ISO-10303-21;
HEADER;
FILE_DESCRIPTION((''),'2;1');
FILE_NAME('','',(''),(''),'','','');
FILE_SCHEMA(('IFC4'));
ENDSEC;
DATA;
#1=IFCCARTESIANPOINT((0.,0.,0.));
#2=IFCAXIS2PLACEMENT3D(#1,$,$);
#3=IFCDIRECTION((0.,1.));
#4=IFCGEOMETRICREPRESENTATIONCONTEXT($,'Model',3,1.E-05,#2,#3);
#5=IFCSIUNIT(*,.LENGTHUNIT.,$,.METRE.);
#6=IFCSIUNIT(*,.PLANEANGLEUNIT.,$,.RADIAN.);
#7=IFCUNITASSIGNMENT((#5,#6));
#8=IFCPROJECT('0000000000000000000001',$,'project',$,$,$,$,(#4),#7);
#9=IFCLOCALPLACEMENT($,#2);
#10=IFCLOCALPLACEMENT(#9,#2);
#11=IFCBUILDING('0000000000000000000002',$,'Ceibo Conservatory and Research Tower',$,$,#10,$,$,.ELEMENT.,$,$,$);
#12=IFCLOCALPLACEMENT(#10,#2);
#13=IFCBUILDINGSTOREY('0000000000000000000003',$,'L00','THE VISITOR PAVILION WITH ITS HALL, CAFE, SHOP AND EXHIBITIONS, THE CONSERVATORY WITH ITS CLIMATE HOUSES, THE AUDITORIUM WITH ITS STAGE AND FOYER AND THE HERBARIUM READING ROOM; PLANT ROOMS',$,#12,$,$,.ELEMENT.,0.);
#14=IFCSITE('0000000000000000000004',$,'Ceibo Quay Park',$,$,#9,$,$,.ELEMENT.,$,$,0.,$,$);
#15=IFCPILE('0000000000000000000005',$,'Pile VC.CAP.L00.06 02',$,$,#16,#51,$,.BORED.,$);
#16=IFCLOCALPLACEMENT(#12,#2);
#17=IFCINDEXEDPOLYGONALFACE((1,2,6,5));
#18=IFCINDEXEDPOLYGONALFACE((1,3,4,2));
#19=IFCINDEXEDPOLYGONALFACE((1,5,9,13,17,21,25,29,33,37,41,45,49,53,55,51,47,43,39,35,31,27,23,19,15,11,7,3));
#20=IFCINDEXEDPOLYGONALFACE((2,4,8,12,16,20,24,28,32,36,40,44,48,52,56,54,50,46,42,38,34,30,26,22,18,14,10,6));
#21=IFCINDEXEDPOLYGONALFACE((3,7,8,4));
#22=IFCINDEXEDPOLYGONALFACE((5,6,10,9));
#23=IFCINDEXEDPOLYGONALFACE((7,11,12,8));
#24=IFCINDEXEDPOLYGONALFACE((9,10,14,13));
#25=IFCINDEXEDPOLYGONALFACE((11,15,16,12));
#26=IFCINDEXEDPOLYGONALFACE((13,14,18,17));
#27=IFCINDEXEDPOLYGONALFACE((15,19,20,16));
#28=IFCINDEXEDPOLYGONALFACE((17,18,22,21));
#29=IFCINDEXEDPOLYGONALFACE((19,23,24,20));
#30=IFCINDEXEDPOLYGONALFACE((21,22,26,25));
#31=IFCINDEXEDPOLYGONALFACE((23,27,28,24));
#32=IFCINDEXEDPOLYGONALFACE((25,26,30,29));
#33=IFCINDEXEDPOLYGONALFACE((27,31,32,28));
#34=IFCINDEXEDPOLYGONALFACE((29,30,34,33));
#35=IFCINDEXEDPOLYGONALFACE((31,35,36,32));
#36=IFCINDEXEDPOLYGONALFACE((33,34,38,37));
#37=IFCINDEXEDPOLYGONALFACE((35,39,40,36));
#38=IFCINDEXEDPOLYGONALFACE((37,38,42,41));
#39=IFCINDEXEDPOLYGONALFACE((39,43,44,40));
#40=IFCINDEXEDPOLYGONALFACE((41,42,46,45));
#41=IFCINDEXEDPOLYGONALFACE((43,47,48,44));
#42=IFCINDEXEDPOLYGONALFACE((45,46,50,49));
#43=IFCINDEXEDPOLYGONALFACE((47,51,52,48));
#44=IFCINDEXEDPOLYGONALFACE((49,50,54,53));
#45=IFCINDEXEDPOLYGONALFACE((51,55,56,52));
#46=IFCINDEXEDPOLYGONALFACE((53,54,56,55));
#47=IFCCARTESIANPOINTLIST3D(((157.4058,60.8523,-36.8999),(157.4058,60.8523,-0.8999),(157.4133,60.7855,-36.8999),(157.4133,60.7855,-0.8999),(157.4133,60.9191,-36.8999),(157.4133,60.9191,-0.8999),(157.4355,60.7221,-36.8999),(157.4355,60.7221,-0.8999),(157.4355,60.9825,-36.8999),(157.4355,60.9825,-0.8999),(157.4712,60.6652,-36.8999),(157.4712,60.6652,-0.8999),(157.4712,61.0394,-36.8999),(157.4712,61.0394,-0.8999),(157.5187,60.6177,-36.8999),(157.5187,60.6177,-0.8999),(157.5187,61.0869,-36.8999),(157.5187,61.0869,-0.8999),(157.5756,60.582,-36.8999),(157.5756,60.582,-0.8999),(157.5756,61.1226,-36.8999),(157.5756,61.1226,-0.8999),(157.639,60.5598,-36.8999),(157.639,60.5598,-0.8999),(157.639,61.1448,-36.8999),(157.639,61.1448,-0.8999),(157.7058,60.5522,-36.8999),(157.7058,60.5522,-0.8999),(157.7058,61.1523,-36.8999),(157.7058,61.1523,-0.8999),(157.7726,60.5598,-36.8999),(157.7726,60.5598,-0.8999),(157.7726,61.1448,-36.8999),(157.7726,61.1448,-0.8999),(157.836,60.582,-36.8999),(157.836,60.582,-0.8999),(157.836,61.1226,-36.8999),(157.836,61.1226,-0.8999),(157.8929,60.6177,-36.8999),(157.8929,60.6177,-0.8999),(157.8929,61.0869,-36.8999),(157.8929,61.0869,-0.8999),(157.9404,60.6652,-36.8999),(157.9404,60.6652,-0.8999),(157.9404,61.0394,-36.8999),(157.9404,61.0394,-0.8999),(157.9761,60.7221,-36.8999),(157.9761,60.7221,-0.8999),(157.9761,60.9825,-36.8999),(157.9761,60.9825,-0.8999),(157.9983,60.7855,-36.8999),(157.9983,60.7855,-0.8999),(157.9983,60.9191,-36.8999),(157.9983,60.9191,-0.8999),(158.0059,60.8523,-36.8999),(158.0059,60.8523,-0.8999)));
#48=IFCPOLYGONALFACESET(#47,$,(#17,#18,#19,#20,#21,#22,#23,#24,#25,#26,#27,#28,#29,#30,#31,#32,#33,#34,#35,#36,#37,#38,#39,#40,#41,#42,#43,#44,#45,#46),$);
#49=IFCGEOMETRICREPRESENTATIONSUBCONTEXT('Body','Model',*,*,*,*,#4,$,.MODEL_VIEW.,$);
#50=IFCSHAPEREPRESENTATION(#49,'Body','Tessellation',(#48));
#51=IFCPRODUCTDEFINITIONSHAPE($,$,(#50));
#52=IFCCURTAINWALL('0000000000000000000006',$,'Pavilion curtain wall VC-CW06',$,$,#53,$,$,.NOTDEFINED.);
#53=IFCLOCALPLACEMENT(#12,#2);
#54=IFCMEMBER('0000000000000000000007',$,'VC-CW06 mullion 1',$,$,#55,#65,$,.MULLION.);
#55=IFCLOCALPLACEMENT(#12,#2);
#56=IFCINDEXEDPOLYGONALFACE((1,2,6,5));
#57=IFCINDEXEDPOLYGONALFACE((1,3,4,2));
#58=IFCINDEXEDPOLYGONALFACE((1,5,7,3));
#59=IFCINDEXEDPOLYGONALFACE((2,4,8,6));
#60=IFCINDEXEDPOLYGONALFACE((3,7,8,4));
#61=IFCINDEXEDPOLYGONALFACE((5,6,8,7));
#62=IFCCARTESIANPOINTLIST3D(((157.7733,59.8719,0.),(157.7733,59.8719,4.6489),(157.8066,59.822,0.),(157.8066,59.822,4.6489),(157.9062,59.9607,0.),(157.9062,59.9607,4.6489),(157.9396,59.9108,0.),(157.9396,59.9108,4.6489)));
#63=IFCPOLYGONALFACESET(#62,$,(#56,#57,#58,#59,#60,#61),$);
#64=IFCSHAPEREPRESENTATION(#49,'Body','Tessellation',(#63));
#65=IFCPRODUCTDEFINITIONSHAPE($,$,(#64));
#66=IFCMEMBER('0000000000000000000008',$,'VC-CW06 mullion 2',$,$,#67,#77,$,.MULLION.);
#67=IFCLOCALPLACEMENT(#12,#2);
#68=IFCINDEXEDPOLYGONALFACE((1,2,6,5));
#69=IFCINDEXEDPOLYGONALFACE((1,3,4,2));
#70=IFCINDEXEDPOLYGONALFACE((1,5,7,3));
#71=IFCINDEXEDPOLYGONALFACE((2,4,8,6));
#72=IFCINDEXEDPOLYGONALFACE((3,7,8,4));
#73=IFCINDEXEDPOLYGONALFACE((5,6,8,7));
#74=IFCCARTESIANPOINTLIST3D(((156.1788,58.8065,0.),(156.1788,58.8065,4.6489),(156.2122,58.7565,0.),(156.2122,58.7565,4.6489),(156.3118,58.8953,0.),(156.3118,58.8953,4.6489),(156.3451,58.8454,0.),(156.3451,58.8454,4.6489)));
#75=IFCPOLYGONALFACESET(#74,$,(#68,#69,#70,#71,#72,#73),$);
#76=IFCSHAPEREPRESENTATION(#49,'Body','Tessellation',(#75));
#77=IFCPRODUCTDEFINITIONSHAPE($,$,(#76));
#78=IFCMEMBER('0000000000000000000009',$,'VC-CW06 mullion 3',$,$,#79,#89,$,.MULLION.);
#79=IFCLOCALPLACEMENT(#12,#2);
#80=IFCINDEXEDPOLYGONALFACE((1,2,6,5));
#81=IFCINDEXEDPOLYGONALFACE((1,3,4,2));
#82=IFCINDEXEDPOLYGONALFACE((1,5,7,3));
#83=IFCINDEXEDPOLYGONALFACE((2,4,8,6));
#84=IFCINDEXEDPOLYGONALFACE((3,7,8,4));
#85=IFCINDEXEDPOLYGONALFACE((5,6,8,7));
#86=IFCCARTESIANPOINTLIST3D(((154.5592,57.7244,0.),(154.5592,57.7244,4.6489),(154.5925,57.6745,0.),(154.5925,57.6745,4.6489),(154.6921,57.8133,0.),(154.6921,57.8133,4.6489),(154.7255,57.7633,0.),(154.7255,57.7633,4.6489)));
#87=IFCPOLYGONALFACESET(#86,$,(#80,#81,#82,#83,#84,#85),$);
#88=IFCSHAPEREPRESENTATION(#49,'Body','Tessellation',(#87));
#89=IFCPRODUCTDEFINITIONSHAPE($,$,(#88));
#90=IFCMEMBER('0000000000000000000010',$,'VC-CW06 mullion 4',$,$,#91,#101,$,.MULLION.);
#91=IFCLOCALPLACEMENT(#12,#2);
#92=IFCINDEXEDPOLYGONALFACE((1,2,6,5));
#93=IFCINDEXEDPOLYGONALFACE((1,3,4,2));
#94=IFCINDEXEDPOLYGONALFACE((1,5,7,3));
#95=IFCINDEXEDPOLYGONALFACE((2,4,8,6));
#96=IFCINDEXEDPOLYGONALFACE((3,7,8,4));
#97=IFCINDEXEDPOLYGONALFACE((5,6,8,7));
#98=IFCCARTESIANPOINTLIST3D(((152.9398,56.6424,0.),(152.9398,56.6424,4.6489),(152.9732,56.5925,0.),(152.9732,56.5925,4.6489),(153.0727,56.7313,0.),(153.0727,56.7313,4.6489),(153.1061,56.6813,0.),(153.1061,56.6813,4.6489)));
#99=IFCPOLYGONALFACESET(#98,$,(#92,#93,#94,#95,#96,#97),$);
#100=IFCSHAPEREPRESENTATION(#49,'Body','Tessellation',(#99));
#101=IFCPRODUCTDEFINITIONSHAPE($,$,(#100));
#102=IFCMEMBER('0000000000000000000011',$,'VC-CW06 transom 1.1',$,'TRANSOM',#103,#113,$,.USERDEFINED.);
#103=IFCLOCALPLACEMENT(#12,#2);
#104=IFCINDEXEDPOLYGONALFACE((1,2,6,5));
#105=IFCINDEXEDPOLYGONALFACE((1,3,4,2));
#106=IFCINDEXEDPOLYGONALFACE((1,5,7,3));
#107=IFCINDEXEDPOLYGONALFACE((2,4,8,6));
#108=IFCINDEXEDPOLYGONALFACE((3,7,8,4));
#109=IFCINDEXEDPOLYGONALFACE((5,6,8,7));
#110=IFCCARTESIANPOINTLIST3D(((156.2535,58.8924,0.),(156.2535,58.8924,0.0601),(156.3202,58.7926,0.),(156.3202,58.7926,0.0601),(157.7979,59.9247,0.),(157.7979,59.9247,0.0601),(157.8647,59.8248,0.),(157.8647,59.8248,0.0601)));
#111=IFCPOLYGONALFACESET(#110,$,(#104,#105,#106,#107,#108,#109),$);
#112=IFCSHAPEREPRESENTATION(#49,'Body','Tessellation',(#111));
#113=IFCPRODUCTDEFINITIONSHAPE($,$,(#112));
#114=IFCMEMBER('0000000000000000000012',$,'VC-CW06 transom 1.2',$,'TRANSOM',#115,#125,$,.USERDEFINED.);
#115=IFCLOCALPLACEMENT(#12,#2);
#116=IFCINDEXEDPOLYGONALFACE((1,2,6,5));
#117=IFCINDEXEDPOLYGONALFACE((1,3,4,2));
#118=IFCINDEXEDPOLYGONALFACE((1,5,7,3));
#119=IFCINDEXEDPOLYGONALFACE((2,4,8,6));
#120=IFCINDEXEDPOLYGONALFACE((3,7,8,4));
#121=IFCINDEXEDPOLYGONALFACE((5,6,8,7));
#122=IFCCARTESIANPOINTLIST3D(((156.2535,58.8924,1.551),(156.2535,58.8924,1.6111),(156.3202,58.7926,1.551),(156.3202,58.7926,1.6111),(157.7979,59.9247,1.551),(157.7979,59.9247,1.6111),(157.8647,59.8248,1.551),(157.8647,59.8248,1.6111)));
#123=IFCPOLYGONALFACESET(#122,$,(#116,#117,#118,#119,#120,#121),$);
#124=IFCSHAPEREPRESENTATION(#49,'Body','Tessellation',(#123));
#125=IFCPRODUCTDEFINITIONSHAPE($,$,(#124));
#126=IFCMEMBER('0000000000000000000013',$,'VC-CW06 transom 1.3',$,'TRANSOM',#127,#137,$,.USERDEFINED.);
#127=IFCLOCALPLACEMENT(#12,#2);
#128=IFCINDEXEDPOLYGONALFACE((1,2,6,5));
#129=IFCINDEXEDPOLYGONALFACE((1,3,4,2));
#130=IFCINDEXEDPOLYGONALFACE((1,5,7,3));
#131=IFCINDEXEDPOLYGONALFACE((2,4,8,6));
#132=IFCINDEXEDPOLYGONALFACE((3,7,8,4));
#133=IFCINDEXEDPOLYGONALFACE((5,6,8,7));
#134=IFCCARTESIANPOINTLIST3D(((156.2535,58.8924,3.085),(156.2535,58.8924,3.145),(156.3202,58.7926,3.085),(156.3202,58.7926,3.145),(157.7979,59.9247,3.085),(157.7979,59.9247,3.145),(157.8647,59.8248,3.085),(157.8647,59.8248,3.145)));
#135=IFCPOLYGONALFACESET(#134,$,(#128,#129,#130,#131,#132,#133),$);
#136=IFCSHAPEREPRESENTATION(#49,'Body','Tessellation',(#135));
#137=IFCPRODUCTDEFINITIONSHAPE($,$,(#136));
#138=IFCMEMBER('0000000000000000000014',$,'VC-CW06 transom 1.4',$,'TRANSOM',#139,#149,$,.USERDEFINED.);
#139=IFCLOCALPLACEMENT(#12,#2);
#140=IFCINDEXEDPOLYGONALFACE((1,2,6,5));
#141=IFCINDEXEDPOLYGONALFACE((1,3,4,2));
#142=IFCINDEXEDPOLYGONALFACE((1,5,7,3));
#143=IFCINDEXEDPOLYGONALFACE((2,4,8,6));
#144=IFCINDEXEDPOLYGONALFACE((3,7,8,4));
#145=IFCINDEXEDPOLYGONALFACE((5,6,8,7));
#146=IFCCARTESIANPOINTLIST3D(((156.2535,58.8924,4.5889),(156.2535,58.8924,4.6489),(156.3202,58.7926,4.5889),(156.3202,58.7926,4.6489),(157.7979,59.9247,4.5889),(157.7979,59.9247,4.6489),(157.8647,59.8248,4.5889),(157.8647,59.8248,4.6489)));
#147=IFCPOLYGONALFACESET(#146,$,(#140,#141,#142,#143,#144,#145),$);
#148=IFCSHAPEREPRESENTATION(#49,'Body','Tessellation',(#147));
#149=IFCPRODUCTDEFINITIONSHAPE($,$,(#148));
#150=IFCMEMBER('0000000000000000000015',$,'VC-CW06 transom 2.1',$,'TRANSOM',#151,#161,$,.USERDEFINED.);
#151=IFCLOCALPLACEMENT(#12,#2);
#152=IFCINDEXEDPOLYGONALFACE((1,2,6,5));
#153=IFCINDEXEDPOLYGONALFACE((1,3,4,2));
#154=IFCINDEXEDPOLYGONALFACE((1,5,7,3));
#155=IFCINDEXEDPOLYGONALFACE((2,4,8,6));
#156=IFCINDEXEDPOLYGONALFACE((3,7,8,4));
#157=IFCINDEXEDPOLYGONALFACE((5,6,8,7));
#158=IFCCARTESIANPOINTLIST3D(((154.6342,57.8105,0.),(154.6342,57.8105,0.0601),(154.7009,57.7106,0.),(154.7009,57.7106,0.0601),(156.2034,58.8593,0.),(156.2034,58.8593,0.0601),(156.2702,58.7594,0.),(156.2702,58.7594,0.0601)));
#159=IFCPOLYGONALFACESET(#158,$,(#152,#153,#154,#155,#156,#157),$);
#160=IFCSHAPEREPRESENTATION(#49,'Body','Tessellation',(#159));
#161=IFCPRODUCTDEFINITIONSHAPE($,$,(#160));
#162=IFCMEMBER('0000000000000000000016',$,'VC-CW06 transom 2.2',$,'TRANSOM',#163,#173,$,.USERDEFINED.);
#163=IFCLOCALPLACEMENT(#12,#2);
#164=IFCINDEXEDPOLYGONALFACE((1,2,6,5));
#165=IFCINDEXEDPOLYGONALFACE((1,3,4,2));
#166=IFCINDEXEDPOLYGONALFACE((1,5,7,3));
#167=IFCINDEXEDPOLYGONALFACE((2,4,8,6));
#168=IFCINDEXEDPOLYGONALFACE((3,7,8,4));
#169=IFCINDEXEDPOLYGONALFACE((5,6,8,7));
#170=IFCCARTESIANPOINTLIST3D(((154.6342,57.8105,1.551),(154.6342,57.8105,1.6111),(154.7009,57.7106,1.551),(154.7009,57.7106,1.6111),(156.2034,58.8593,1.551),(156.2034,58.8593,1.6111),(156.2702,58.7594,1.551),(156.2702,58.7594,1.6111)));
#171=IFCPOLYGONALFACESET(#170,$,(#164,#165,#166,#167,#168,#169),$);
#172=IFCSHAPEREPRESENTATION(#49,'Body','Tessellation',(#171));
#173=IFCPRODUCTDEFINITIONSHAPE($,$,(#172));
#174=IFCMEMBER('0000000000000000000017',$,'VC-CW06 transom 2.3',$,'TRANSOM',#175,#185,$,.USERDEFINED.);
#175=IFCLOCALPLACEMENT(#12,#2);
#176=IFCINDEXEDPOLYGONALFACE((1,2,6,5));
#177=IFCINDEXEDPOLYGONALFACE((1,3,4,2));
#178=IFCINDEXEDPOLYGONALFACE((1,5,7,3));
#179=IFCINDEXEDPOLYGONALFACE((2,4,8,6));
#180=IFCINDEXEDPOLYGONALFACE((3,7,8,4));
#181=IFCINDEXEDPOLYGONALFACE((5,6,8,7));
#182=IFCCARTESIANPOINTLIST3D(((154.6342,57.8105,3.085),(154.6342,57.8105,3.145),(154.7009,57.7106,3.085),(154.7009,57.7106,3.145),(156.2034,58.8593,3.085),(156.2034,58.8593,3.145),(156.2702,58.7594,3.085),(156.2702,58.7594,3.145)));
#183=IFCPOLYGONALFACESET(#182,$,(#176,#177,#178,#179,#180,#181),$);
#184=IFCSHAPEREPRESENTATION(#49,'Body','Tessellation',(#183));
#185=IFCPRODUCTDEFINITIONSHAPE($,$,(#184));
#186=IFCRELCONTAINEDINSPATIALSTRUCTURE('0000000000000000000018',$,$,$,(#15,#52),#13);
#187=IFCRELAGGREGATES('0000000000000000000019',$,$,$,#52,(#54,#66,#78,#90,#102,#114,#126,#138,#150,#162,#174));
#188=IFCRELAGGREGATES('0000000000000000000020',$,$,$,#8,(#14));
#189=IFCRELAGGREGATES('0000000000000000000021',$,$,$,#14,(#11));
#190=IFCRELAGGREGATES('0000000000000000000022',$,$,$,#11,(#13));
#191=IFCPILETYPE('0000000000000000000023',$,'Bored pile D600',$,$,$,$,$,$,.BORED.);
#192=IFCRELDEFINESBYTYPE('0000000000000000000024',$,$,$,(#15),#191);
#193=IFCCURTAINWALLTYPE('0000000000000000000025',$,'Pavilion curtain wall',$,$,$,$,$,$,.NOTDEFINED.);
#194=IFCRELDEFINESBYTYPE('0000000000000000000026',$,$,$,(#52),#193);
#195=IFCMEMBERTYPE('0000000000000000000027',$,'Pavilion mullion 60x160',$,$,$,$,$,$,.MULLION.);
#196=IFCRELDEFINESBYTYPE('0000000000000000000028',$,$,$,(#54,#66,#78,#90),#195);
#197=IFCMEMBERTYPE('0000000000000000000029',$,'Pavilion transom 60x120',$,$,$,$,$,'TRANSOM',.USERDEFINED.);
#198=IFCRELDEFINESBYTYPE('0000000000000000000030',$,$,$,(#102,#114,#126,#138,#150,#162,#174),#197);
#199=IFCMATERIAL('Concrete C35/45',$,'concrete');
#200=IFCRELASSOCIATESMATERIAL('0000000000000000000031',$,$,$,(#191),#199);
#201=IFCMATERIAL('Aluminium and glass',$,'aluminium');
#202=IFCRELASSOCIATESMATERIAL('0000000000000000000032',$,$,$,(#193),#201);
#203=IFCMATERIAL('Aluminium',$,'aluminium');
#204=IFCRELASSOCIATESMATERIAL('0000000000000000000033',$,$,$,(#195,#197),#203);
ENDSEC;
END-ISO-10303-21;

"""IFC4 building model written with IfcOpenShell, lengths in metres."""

from ifc_helpers import new_model, si_unit, direction, frame, origin, origin_2d, place, context, subcontext, project, spatial, rectangle, circle, extrude, material, material_profile, profile_set, type_object, element, aggregate, save


model = new_model("IFC4")

# Units and contexts
model_context = context("Model", 3, precision=1e-05, world=origin(), true_north=direction((0.0, 1.0)))
body_context = subcontext(model_context, "Body", "Model", "MODEL_VIEW")
ifc_project = project(units=[si_unit("LENGTHUNIT", "METRE"), si_unit("PLANEANGLEUNIT", "RADIAN")], contexts=[model_context])

# Site, building, storey
site_placement = place(None, origin())
site = spatial("IfcSite", under=ifc_project, at=site_placement, Name="Ceibo Quay Park", CompositionType="ELEMENT", RefElevation=0.0)
building_placement = place(site_placement, origin())
building = spatial("IfcBuilding", under=site, at=building_placement, Name="Ceibo Conservatory and Research Tower", CompositionType="ELEMENT")
storey_placement = place(building_placement, origin())
storey = spatial("IfcBuildingStorey", under=building, at=storey_placement, Name="L00", Description="THE VISITOR PAVILION WITH ITS HALL, CAFE, SHOP AND EXHIBITIONS, THE CONSERVATORY WITH ITS CLIMATE HOUSES, THE AUDITORIUM WITH ITS STAGE AND FOYER AND THE HERBARIUM READING ROOM; PLANT ROOMS", CompositionType="ELEMENT", Elevation=0.0)

# Pile
ifc_material_1 = material(Name="Concrete C35/45", Category="concrete")
ifc_material_profile_1 = material_profile(ifc_material_1, circle(Radius=0.3, at=origin_2d()), Name="RC D600")
ifc_profile_set_1 = profile_set([ifc_material_profile_1], Name="Concrete C35/45")
pile_type = type_object("IfcPileType", Name="Bored pile D600", PredefinedType="BORED", material=ifc_profile_set_1)
pile_placement = place(storey_placement, frame((157.7058, 60.8523, -0.8999), z_axis=(0.0, 0.0, -1.0), x_axis=(1.0, 0.0, 0.0)))
element("IfcPile", 1, at=pile_placement, inside=storey, type_object=pile_type, Name="Pile VC.CAP.L00.06 02", PredefinedType="BORED", context=body_context, shape_type="SweptSolid", body=[
    extrude(circle(Radius=0.3, at=origin_2d()), origin(), (0.0, 0.0, 1.0), 36.0),
])

# Curtain wall, members
ifc_material_2 = material(Name="Aluminium and glass", Category="aluminium")
curtain_wall_type = type_object("IfcCurtainWallType", Name="Pavilion curtain wall", PredefinedType="NOTDEFINED", material=ifc_material_2)
curtain_wall_placement = place(storey_placement, origin())
curtain_wall = element("IfcCurtainWall", 2, at=curtain_wall_placement, inside=storey, type_object=curtain_wall_type, Name="Pavilion curtain wall VC-CW06", PredefinedType="NOTDEFINED")
ifc_material_3 = material(Name="Aluminium", Category="aluminium")
ifc_material_profile_2 = material_profile(ifc_material_3, rectangle(XDim=0.0601, YDim=0.1599, at=origin_2d()), Name="AL 60x160")
ifc_profile_set_2 = profile_set([ifc_material_profile_2], Name="Aluminium")
member_type_1 = type_object("IfcMemberType", Name="Pavilion mullion 60x160", PredefinedType="MULLION", material=ifc_profile_set_2)
member_1_placement = place(storey_placement, frame((157.8564, 59.8914, 0.0), z_axis=(0.0, 0.0, 1.0), x_axis=(0.55557, -0.83147, 0.0)))
member_1 = element("IfcMember", 3, at=member_1_placement, type_object=member_type_1, Name="VC-CW06 mullion 1", PredefinedType="MULLION", context=body_context, shape_type="SweptSolid", body=[
    extrude(rectangle(XDim=0.0601, YDim=0.1599, at=origin_2d()), origin(), (0.0, 0.0, 1.0), 4.6489),
])
member_2_placement = place(storey_placement, frame((156.262, 58.8259, 0.0), z_axis=(0.0, 0.0, 1.0), x_axis=(0.55557, -0.83147, 0.0)))
member_2 = element("IfcMember", 4, at=member_2_placement, type_object=member_type_1, Name="VC-CW06 mullion 2", PredefinedType="MULLION", context=body_context, shape_type="SweptSolid", body=[
    extrude(rectangle(XDim=0.0601, YDim=0.1599, at=origin_2d()), origin(), (0.0, 0.0, 1.0), 4.6489),
])
member_3_placement = place(storey_placement, frame((154.6423, 57.7439, 0.0), z_axis=(0.0, 0.0, 1.0), x_axis=(0.55557, -0.83147, 0.0)))
member_3 = element("IfcMember", 5, at=member_3_placement, type_object=member_type_1, Name="VC-CW06 mullion 3", PredefinedType="MULLION", context=body_context, shape_type="SweptSolid", body=[
    extrude(rectangle(XDim=0.0601, YDim=0.1599, at=origin_2d()), origin(), (0.0, 0.0, 1.0), 4.6489),
])
member_4_placement = place(storey_placement, frame((153.0229, 56.6619, 0.0), z_axis=(0.0, 0.0, 1.0), x_axis=(0.55557, -0.83147, 0.0)))
member_4 = element("IfcMember", 6, at=member_4_placement, type_object=member_type_1, Name="VC-CW06 mullion 4", PredefinedType="MULLION", context=body_context, shape_type="SweptSolid", body=[
    extrude(rectangle(XDim=0.0601, YDim=0.1599, at=origin_2d()), origin(), (0.0, 0.0, 1.0), 4.6489),
])
ifc_material_profile_3 = material_profile(ifc_material_3, rectangle(XDim=0.1201, YDim=0.0601, at=origin_2d()), Name="AL 60x120")
ifc_profile_set_3 = profile_set([ifc_material_profile_3], Name="Aluminium")
member_type_2 = type_object("IfcMemberType", Name="Pavilion transom 60x120", ElementType="TRANSOM", PredefinedType="USERDEFINED", material=ifc_profile_set_3)
member_5_placement = place(storey_placement, frame((157.8313, 59.8748, 0.03), z_axis=(-0.831403, -0.55567, 0.0), x_axis=(0.55567, -0.831403, 0.0)))
member_5 = element("IfcMember", 7, at=member_5_placement, type_object=member_type_2, Name="VC-CW06 transom 1.1", ObjectType="TRANSOM", PredefinedType="USERDEFINED", context=body_context, shape_type="SweptSolid", body=[
    extrude(rectangle(XDim=0.1201, YDim=0.0601, at=origin_2d()), origin(), (0.0, 0.0, 1.0), 1.8577),
])
member_6_placement = place(storey_placement, frame((157.8313, 59.8748, 1.5811), z_axis=(-0.831403, -0.55567, 0.0), x_axis=(0.55567, -0.831403, 0.0)))
member_6 = element("IfcMember", 8, at=member_6_placement, type_object=member_type_2, Name="VC-CW06 transom 1.2", ObjectType="TRANSOM", PredefinedType="USERDEFINED", context=body_context, shape_type="SweptSolid", body=[
    extrude(rectangle(XDim=0.1201, YDim=0.0601, at=origin_2d()), origin(), (0.0, 0.0, 1.0), 1.8577),
])
member_7_placement = place(storey_placement, frame((157.8313, 59.8748, 3.115), z_axis=(-0.831403, -0.55567, 0.0), x_axis=(0.55567, -0.831403, 0.0)))
member_7 = element("IfcMember", 9, at=member_7_placement, type_object=member_type_2, Name="VC-CW06 transom 1.3", ObjectType="TRANSOM", PredefinedType="USERDEFINED", context=body_context, shape_type="SweptSolid", body=[
    extrude(rectangle(XDim=0.1201, YDim=0.0601, at=origin_2d()), origin(), (0.0, 0.0, 1.0), 1.8577),
])
member_8_placement = place(storey_placement, frame((157.8313, 59.8748, 4.6189), z_axis=(-0.831403, -0.55567, 0.0), x_axis=(0.55567, -0.831403, 0.0)))
member_8 = element("IfcMember", 10, at=member_8_placement, type_object=member_type_2, Name="VC-CW06 transom 1.4", ObjectType="TRANSOM", PredefinedType="USERDEFINED", context=body_context, shape_type="SweptSolid", body=[
    extrude(rectangle(XDim=0.1201, YDim=0.0601, at=origin_2d()), origin(), (0.0, 0.0, 1.0), 1.8577),
])
member_9_placement = place(storey_placement, frame((156.2368, 58.8093, 0.03), z_axis=(-0.831413, -0.555655, 0.0), x_axis=(0.555655, -0.831413, 0.0)))
member_9 = element("IfcMember", 11, at=member_9_placement, type_object=member_type_2, Name="VC-CW06 transom 2.1", ObjectType="TRANSOM", PredefinedType="USERDEFINED", context=body_context, shape_type="SweptSolid", body=[
    extrude(rectangle(XDim=0.1201, YDim=0.0601, at=origin_2d()), origin(), (0.0, 0.0, 1.0), 1.8875),
])
member_10_placement = place(storey_placement, frame((156.2368, 58.8093, 1.5811), z_axis=(-0.831413, -0.555655, 0.0), x_axis=(0.555655, -0.831413, 0.0)))
member_10 = element("IfcMember", 12, at=member_10_placement, type_object=member_type_2, Name="VC-CW06 transom 2.2", ObjectType="TRANSOM", PredefinedType="USERDEFINED", context=body_context, shape_type="SweptSolid", body=[
    extrude(rectangle(XDim=0.1201, YDim=0.0601, at=origin_2d()), origin(), (0.0, 0.0, 1.0), 1.8875),
])
member_11_placement = place(storey_placement, frame((156.2368, 58.8093, 3.115), z_axis=(-0.831413, -0.555655, 0.0), x_axis=(0.555655, -0.831413, 0.0)))
member_11 = element("IfcMember", 13, at=member_11_placement, type_object=member_type_2, Name="VC-CW06 transom 2.3", ObjectType="TRANSOM", PredefinedType="USERDEFINED", context=body_context, shape_type="SweptSolid", body=[
    extrude(rectangle(XDim=0.1201, YDim=0.0601, at=origin_2d()), origin(), (0.0, 0.0, 1.0), 1.8875),
])

aggregate(curtain_wall, [member_1, member_2, member_3, member_4, member_5, member_6, member_7, member_8, member_9, member_10, member_11])

save(model, "model.ifc")
